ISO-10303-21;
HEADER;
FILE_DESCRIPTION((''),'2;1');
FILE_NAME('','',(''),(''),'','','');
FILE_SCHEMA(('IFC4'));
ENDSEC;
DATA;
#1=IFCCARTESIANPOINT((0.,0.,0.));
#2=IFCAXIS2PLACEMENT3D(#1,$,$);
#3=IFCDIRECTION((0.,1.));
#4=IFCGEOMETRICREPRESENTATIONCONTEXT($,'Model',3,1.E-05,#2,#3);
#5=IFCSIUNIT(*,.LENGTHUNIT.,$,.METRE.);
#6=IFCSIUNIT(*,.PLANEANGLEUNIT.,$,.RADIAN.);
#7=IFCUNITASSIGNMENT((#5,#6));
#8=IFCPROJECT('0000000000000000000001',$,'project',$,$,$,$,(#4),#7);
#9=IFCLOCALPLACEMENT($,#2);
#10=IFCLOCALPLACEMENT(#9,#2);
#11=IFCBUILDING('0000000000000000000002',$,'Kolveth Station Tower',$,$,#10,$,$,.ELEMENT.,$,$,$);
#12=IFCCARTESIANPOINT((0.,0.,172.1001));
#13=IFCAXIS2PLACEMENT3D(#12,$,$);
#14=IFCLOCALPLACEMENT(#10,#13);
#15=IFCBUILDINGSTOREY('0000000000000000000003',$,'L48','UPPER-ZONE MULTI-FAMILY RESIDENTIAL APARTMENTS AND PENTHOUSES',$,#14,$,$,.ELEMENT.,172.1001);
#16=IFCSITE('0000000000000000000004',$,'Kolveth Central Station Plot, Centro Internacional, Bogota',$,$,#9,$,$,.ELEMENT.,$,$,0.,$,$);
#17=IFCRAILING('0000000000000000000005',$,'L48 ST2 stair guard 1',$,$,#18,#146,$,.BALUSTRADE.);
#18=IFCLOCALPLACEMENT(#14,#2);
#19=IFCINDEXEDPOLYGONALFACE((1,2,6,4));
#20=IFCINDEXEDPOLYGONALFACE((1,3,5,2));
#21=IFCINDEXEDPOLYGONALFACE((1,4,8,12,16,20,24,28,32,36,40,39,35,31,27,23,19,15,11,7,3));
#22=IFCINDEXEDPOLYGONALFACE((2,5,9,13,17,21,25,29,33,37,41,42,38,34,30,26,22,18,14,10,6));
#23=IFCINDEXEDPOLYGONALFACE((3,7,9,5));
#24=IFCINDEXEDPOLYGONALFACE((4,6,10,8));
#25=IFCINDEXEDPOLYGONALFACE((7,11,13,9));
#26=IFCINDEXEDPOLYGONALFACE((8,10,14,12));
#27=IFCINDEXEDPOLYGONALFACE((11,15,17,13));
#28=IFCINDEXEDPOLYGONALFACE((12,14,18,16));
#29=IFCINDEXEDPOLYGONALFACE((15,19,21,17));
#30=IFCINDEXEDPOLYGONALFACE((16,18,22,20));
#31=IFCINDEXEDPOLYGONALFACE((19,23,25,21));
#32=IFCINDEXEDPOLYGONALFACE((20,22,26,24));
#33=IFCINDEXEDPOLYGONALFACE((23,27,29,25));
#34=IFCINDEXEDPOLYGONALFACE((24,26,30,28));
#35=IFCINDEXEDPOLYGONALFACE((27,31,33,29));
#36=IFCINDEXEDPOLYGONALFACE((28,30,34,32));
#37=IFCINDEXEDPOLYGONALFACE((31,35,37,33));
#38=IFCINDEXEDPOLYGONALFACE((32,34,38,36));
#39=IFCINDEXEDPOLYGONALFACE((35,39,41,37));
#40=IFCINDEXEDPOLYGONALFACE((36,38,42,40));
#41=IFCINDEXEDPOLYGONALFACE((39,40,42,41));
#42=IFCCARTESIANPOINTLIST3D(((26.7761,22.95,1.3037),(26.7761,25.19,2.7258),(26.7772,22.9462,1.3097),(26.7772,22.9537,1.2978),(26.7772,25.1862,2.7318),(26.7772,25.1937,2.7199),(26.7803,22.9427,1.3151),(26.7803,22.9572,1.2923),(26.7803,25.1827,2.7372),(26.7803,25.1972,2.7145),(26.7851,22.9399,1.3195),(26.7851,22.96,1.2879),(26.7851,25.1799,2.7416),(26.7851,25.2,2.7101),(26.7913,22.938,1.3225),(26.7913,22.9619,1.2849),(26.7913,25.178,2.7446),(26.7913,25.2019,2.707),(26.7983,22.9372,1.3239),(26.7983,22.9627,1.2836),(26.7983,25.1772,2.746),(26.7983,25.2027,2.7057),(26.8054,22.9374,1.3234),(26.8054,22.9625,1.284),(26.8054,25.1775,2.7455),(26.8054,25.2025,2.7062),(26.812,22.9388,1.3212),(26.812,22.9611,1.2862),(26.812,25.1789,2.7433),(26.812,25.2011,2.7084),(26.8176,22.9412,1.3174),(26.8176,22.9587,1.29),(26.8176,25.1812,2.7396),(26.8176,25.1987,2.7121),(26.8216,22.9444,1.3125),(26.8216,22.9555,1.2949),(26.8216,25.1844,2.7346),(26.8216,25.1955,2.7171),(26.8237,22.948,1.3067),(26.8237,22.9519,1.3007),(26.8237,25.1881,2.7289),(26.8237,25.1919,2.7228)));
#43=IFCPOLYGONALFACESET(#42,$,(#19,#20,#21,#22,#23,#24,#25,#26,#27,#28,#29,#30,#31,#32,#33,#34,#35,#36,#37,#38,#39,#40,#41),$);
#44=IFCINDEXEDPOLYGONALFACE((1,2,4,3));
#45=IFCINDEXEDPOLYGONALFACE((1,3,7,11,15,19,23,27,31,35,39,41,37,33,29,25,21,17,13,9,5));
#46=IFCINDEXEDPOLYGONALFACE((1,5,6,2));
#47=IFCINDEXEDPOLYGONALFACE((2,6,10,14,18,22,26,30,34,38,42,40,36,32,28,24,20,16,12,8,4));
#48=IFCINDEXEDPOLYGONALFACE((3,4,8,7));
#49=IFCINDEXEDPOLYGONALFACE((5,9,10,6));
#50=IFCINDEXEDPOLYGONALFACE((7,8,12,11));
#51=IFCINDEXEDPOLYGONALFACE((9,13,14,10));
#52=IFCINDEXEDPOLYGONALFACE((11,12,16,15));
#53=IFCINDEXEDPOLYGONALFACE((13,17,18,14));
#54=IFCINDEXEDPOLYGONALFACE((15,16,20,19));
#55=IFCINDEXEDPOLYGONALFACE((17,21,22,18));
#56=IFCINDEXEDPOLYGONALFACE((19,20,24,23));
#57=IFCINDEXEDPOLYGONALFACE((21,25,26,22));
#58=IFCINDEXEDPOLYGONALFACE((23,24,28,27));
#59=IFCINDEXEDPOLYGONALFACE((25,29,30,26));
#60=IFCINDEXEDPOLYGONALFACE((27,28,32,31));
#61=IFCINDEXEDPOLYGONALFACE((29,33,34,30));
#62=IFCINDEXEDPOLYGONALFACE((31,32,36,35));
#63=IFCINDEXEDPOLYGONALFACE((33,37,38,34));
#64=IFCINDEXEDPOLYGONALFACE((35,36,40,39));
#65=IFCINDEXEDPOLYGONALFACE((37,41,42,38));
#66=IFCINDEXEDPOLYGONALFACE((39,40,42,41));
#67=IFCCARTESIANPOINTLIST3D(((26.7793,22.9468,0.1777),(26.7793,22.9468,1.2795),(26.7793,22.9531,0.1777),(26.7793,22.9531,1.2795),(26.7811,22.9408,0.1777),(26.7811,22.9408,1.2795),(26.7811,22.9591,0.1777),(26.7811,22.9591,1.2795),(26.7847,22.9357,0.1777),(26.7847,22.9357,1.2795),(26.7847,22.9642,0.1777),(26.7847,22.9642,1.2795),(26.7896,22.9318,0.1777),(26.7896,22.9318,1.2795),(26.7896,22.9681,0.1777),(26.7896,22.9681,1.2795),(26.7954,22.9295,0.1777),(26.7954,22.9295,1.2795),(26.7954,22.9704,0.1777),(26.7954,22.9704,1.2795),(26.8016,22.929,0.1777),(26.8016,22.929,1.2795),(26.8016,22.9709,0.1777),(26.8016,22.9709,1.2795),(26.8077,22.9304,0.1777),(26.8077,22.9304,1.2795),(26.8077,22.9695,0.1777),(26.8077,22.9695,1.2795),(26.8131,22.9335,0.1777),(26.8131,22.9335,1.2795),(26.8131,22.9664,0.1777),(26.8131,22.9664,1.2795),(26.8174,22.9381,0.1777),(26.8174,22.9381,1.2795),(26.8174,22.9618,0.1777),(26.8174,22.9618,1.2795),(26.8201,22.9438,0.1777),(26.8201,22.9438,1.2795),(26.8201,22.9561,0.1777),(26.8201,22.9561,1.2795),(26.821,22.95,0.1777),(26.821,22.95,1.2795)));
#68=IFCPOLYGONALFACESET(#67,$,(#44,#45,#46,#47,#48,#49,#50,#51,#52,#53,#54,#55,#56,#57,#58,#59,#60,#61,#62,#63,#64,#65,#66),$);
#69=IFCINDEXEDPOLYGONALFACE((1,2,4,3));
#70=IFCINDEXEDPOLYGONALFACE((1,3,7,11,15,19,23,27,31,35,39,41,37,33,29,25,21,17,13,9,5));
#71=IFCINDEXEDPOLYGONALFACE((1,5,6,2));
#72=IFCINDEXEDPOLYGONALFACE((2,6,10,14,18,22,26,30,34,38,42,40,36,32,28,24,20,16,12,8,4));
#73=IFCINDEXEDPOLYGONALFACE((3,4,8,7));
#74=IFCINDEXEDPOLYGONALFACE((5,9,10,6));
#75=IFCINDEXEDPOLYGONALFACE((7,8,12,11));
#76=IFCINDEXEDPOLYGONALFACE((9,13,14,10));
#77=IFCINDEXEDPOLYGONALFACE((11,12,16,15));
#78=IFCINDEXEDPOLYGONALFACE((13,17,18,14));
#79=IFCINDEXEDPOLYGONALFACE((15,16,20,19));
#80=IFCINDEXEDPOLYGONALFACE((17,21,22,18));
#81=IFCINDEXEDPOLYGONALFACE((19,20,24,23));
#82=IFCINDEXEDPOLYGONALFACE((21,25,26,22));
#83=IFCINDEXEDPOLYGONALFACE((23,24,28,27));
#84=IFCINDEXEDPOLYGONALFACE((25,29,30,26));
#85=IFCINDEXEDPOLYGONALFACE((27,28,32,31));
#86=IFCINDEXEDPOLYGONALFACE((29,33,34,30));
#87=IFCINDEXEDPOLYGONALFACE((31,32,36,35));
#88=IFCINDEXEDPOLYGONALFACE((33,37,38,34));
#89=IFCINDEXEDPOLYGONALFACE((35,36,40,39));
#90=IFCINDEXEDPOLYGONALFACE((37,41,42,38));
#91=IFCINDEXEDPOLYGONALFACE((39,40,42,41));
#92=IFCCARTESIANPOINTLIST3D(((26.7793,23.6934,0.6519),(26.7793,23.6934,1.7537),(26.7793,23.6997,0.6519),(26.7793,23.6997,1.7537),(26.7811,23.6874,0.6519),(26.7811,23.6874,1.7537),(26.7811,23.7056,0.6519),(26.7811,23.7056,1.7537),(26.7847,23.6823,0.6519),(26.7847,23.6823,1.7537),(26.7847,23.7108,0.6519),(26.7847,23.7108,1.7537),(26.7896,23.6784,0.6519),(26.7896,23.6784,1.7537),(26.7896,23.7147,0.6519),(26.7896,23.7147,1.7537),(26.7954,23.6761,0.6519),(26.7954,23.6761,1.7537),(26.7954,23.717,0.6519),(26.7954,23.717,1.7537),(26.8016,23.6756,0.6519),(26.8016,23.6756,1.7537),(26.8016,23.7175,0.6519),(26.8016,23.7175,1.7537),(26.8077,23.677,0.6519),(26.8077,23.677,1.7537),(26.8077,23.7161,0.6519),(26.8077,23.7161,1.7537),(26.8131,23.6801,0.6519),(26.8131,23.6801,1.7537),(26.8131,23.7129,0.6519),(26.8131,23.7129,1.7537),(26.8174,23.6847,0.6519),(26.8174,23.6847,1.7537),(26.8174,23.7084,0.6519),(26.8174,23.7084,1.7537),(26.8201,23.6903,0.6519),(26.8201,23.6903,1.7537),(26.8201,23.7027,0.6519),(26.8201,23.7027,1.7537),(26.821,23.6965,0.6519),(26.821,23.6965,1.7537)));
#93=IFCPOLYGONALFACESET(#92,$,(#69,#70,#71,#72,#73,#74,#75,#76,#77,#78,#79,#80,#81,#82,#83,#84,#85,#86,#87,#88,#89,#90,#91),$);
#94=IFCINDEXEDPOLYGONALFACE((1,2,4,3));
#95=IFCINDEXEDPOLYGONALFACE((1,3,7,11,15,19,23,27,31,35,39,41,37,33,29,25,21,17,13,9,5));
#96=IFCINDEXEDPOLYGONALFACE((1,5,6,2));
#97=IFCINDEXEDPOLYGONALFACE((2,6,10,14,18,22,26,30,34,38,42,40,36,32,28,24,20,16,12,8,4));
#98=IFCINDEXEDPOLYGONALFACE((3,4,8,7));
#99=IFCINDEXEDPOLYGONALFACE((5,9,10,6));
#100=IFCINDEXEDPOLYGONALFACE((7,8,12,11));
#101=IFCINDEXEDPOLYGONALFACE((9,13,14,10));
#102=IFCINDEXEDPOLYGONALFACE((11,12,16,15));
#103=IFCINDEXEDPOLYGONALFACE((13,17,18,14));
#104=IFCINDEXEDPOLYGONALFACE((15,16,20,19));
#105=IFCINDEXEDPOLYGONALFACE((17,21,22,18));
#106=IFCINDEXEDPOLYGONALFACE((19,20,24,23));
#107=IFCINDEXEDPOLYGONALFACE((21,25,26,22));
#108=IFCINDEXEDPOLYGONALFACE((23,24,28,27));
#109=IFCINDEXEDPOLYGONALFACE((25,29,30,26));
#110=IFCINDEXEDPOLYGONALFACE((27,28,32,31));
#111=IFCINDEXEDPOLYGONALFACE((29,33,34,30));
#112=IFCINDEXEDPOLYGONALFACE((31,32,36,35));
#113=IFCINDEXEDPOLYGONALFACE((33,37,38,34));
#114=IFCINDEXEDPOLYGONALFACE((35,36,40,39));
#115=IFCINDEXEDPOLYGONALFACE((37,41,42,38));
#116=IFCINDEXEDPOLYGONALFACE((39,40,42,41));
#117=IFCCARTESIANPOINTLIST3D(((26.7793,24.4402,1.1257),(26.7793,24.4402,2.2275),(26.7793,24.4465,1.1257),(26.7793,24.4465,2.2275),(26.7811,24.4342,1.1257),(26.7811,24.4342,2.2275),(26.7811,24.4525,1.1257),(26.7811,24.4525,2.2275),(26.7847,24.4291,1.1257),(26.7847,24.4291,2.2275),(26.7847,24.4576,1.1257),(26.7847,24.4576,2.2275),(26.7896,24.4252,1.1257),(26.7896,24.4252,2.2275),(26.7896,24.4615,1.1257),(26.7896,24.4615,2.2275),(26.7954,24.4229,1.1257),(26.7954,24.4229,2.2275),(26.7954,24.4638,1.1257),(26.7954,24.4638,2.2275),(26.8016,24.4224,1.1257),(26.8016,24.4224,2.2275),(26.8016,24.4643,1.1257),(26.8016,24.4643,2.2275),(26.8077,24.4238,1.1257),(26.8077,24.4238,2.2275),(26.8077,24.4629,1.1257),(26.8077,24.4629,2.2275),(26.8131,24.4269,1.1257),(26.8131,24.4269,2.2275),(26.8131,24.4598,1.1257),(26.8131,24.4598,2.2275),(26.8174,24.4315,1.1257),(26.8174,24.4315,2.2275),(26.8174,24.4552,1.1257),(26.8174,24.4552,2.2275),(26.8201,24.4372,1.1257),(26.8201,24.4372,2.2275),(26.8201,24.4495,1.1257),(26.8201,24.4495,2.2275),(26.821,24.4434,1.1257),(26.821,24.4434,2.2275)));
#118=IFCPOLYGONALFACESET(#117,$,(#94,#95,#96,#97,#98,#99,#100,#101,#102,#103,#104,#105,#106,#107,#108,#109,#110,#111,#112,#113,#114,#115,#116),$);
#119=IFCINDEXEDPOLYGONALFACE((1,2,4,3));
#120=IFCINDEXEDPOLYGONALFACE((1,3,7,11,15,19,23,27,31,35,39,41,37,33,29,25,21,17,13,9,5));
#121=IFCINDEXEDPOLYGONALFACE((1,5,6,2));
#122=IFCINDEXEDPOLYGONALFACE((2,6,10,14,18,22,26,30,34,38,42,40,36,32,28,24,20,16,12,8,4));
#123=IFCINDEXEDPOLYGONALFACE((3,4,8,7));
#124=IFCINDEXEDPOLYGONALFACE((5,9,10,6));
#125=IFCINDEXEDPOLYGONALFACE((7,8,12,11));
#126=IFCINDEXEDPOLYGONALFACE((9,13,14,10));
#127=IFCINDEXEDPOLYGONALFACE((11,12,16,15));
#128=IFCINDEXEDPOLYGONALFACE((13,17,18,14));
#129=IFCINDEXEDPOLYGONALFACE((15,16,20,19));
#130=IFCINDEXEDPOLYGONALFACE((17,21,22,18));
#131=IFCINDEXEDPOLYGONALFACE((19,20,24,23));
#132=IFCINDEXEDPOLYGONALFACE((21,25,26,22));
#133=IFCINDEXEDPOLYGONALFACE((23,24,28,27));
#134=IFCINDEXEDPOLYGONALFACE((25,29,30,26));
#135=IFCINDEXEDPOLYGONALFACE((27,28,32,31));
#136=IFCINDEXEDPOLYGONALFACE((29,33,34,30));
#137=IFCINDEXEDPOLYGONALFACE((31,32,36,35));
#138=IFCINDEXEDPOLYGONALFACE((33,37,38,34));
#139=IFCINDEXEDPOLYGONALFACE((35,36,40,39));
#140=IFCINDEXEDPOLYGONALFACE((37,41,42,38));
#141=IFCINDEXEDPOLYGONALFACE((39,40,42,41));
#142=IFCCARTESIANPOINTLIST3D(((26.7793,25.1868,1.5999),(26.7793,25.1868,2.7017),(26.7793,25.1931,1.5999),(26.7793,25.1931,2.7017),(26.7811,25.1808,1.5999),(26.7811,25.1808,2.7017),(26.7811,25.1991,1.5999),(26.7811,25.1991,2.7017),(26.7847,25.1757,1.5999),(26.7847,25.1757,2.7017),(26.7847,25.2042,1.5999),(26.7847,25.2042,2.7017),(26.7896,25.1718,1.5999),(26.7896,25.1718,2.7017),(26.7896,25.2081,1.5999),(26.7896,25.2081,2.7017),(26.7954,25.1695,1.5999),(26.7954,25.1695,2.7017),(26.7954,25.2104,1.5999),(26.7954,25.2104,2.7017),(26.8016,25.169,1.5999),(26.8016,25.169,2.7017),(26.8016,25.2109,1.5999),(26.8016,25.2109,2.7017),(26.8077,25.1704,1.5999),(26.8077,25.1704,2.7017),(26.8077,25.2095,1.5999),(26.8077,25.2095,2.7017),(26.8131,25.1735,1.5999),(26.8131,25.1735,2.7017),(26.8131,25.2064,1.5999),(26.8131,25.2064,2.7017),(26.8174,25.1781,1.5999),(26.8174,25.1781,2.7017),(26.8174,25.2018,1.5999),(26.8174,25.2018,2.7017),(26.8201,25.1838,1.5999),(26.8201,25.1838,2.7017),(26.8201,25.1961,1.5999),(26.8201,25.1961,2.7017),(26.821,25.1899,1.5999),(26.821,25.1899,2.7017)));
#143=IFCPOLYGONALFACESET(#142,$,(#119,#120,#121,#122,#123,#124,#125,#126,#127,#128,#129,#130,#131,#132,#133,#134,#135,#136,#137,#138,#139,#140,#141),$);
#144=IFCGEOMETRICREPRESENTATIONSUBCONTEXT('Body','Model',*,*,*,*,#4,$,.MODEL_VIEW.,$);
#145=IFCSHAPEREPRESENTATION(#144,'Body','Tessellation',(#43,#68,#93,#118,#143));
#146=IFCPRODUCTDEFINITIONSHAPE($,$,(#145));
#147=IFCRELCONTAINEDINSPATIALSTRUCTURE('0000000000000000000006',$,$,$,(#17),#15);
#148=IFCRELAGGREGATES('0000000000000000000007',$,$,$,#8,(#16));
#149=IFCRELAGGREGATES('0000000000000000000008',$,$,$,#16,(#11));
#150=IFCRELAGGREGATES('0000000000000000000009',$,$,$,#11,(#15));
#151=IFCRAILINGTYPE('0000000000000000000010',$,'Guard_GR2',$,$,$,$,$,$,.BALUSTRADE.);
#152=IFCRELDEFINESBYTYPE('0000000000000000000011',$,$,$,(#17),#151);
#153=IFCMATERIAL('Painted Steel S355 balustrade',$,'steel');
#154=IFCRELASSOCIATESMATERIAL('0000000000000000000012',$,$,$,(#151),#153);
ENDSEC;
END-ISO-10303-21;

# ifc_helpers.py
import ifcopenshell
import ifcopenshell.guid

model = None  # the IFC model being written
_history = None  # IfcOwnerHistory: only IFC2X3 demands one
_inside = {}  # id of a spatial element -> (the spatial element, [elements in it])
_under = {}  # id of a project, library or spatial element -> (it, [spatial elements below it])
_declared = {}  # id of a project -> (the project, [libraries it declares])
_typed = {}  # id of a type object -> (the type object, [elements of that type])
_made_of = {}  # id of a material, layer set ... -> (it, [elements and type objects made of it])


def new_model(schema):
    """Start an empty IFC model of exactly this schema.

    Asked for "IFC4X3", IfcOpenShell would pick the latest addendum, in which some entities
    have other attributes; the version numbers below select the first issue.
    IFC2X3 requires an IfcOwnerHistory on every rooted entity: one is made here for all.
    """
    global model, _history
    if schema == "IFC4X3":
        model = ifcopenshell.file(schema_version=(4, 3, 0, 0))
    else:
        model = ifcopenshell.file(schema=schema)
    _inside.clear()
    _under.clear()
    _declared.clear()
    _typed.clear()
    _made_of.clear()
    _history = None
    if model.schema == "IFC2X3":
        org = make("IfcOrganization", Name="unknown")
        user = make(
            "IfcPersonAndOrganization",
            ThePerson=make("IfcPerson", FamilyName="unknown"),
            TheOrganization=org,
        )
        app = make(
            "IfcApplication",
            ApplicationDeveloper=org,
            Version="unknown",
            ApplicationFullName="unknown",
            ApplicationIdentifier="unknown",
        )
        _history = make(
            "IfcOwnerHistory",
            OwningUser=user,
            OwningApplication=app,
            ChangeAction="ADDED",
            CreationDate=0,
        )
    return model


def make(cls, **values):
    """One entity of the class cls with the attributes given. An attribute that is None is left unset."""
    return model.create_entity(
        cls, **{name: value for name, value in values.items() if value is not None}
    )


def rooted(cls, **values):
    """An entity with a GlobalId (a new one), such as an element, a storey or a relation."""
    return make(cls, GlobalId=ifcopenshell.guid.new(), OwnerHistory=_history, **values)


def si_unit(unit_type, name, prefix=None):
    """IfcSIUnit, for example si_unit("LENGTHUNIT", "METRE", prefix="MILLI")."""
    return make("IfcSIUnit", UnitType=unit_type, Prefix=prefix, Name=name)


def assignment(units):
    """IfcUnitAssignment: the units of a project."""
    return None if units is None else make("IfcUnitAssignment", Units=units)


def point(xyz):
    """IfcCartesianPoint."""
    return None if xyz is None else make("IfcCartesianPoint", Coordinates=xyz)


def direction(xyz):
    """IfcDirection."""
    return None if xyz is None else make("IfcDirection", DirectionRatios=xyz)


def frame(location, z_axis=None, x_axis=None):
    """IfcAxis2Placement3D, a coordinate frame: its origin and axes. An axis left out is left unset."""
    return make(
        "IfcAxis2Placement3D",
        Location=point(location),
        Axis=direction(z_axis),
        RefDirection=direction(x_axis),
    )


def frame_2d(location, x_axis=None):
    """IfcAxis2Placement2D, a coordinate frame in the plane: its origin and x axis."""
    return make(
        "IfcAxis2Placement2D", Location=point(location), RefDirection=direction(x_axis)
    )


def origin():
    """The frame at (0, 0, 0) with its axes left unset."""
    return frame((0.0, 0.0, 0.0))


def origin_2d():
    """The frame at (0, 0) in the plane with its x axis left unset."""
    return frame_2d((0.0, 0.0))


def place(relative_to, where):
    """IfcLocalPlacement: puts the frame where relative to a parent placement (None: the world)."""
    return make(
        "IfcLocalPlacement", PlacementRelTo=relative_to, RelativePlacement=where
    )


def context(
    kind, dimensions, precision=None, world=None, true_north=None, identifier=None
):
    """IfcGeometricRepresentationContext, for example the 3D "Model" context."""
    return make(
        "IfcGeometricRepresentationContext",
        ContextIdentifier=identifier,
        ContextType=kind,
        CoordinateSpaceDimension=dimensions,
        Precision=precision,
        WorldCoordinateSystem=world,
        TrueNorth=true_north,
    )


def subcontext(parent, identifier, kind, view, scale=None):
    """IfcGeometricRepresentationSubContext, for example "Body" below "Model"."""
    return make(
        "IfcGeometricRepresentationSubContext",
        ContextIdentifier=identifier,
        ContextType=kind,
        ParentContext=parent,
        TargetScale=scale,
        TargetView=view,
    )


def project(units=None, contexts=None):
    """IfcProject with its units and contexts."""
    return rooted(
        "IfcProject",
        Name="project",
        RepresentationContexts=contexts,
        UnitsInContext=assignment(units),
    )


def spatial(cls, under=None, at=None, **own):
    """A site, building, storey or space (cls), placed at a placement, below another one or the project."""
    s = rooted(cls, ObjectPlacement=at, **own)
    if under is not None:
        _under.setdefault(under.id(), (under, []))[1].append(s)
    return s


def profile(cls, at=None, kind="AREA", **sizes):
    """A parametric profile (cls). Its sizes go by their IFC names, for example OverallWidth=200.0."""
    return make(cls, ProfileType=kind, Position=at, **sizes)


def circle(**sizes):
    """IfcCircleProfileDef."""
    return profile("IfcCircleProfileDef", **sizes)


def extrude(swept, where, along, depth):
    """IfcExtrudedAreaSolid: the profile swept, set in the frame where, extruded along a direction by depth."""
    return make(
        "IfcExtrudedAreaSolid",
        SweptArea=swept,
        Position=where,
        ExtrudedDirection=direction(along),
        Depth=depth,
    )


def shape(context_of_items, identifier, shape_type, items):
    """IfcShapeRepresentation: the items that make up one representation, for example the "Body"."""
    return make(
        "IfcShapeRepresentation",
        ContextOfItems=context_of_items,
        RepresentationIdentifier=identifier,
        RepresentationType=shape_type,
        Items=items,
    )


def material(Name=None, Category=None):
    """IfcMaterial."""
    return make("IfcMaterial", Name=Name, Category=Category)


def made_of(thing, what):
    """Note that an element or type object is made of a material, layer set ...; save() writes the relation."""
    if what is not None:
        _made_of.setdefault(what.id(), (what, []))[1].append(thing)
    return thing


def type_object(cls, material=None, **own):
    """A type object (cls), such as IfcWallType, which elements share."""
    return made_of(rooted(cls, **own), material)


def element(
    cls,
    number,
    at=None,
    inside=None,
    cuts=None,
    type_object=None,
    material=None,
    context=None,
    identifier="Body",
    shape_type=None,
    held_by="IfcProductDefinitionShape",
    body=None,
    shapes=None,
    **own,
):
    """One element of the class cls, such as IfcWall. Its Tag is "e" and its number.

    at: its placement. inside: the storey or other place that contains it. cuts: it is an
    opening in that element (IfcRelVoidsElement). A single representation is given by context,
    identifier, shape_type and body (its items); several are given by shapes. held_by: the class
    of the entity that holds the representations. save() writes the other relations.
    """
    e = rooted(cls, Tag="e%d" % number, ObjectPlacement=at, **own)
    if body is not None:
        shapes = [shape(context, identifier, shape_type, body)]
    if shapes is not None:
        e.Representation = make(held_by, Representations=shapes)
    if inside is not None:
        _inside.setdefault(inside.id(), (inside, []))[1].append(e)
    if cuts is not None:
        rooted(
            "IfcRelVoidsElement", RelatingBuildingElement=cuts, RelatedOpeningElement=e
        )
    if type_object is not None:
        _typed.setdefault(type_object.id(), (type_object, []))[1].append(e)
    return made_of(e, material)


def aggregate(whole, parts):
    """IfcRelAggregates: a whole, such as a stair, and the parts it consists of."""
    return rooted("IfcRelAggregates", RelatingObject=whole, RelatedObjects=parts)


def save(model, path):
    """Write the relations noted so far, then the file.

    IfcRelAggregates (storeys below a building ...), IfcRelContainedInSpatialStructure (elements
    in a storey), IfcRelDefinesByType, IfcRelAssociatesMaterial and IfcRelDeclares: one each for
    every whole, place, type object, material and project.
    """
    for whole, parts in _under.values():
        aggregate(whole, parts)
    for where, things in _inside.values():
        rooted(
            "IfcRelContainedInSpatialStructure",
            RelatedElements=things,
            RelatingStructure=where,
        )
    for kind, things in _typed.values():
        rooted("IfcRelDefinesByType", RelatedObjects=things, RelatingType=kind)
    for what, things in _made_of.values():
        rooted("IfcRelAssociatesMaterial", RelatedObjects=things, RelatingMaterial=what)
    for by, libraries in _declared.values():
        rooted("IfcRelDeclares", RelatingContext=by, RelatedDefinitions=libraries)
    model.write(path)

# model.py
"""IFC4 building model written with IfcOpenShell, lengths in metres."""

from ifc_helpers import new_model, si_unit, direction, frame, origin, origin_2d, place, context, subcontext, project, spatial, circle, extrude, material, type_object, element, save


model = new_model("IFC4")

# Units and contexts
model_context = context("Model", 3, precision=1e-05, world=origin(), true_north=direction((0.0, 1.0)))
body_context = subcontext(model_context, "Body", "Model", "MODEL_VIEW")
ifc_project = project(units=[si_unit("LENGTHUNIT", "METRE"), si_unit("PLANEANGLEUNIT", "RADIAN")], contexts=[model_context])

# Site, building, storey
site_placement = place(None, origin())
site = spatial("IfcSite", under=ifc_project, at=site_placement, Name="Kolveth Central Station Plot, Centro Internacional, Bogota", CompositionType="ELEMENT", RefElevation=0.0)
building_placement = place(site_placement, origin())
building = spatial("IfcBuilding", under=site, at=building_placement, Name="Kolveth Station Tower", CompositionType="ELEMENT")
storey_placement = place(building_placement, frame((0.0, 0.0, 172.1001)))
storey = spatial("IfcBuildingStorey", under=building, at=storey_placement, Name="L48", Description="UPPER-ZONE MULTI-FAMILY RESIDENTIAL APARTMENTS AND PENTHOUSES", CompositionType="ELEMENT", Elevation=172.1001)

# Railing
ifc_material_1 = material(Name="Painted Steel S355 balustrade", Category="steel")
railing_type_1 = type_object("IfcRailingType", Name="Guard_GR2", PredefinedType="BALUSTRADE", material=ifc_material_1)
railing_1_placement = place(storey_placement, frame((26.8, 22.95, 0.1777)))
element("IfcRailing", 1, at=railing_1_placement, inside=storey, type_object=railing_type_1, Name="L48 ST2 stair guard 1", PredefinedType="BALUSTRADE", context=body_context, shape_type="SweptSolid", body=[
    extrude(circle(Radius=0.0239, at=origin_2d()), frame((0.0, 0.0, 1.126), z_axis=(0.0, 0.844229, 0.535982), x_axis=(-1.0, 0.0, 0.0)), (0.0, 0.0, 1.0), 2.6533),
    extrude(circle(Radius=0.021, at=origin_2d()), origin(), (0.0, 0.0, 1.0), 1.1018),
    extrude(circle(Radius=0.021, at=origin_2d()), frame((0.0, 0.7466, 0.4741)), (0.0, 0.0, 1.0), 1.1018),
    extrude(circle(Radius=0.021, at=origin_2d()), frame((0.0, 1.4934, 0.948)), (0.0, 0.0, 1.0), 1.1018),
    extrude(circle(Radius=0.021, at=origin_2d()), frame((0.0, 2.24, 1.4221)), (0.0, 0.0, 1.0), 1.1018),
])

save(model, "model.ifc")
